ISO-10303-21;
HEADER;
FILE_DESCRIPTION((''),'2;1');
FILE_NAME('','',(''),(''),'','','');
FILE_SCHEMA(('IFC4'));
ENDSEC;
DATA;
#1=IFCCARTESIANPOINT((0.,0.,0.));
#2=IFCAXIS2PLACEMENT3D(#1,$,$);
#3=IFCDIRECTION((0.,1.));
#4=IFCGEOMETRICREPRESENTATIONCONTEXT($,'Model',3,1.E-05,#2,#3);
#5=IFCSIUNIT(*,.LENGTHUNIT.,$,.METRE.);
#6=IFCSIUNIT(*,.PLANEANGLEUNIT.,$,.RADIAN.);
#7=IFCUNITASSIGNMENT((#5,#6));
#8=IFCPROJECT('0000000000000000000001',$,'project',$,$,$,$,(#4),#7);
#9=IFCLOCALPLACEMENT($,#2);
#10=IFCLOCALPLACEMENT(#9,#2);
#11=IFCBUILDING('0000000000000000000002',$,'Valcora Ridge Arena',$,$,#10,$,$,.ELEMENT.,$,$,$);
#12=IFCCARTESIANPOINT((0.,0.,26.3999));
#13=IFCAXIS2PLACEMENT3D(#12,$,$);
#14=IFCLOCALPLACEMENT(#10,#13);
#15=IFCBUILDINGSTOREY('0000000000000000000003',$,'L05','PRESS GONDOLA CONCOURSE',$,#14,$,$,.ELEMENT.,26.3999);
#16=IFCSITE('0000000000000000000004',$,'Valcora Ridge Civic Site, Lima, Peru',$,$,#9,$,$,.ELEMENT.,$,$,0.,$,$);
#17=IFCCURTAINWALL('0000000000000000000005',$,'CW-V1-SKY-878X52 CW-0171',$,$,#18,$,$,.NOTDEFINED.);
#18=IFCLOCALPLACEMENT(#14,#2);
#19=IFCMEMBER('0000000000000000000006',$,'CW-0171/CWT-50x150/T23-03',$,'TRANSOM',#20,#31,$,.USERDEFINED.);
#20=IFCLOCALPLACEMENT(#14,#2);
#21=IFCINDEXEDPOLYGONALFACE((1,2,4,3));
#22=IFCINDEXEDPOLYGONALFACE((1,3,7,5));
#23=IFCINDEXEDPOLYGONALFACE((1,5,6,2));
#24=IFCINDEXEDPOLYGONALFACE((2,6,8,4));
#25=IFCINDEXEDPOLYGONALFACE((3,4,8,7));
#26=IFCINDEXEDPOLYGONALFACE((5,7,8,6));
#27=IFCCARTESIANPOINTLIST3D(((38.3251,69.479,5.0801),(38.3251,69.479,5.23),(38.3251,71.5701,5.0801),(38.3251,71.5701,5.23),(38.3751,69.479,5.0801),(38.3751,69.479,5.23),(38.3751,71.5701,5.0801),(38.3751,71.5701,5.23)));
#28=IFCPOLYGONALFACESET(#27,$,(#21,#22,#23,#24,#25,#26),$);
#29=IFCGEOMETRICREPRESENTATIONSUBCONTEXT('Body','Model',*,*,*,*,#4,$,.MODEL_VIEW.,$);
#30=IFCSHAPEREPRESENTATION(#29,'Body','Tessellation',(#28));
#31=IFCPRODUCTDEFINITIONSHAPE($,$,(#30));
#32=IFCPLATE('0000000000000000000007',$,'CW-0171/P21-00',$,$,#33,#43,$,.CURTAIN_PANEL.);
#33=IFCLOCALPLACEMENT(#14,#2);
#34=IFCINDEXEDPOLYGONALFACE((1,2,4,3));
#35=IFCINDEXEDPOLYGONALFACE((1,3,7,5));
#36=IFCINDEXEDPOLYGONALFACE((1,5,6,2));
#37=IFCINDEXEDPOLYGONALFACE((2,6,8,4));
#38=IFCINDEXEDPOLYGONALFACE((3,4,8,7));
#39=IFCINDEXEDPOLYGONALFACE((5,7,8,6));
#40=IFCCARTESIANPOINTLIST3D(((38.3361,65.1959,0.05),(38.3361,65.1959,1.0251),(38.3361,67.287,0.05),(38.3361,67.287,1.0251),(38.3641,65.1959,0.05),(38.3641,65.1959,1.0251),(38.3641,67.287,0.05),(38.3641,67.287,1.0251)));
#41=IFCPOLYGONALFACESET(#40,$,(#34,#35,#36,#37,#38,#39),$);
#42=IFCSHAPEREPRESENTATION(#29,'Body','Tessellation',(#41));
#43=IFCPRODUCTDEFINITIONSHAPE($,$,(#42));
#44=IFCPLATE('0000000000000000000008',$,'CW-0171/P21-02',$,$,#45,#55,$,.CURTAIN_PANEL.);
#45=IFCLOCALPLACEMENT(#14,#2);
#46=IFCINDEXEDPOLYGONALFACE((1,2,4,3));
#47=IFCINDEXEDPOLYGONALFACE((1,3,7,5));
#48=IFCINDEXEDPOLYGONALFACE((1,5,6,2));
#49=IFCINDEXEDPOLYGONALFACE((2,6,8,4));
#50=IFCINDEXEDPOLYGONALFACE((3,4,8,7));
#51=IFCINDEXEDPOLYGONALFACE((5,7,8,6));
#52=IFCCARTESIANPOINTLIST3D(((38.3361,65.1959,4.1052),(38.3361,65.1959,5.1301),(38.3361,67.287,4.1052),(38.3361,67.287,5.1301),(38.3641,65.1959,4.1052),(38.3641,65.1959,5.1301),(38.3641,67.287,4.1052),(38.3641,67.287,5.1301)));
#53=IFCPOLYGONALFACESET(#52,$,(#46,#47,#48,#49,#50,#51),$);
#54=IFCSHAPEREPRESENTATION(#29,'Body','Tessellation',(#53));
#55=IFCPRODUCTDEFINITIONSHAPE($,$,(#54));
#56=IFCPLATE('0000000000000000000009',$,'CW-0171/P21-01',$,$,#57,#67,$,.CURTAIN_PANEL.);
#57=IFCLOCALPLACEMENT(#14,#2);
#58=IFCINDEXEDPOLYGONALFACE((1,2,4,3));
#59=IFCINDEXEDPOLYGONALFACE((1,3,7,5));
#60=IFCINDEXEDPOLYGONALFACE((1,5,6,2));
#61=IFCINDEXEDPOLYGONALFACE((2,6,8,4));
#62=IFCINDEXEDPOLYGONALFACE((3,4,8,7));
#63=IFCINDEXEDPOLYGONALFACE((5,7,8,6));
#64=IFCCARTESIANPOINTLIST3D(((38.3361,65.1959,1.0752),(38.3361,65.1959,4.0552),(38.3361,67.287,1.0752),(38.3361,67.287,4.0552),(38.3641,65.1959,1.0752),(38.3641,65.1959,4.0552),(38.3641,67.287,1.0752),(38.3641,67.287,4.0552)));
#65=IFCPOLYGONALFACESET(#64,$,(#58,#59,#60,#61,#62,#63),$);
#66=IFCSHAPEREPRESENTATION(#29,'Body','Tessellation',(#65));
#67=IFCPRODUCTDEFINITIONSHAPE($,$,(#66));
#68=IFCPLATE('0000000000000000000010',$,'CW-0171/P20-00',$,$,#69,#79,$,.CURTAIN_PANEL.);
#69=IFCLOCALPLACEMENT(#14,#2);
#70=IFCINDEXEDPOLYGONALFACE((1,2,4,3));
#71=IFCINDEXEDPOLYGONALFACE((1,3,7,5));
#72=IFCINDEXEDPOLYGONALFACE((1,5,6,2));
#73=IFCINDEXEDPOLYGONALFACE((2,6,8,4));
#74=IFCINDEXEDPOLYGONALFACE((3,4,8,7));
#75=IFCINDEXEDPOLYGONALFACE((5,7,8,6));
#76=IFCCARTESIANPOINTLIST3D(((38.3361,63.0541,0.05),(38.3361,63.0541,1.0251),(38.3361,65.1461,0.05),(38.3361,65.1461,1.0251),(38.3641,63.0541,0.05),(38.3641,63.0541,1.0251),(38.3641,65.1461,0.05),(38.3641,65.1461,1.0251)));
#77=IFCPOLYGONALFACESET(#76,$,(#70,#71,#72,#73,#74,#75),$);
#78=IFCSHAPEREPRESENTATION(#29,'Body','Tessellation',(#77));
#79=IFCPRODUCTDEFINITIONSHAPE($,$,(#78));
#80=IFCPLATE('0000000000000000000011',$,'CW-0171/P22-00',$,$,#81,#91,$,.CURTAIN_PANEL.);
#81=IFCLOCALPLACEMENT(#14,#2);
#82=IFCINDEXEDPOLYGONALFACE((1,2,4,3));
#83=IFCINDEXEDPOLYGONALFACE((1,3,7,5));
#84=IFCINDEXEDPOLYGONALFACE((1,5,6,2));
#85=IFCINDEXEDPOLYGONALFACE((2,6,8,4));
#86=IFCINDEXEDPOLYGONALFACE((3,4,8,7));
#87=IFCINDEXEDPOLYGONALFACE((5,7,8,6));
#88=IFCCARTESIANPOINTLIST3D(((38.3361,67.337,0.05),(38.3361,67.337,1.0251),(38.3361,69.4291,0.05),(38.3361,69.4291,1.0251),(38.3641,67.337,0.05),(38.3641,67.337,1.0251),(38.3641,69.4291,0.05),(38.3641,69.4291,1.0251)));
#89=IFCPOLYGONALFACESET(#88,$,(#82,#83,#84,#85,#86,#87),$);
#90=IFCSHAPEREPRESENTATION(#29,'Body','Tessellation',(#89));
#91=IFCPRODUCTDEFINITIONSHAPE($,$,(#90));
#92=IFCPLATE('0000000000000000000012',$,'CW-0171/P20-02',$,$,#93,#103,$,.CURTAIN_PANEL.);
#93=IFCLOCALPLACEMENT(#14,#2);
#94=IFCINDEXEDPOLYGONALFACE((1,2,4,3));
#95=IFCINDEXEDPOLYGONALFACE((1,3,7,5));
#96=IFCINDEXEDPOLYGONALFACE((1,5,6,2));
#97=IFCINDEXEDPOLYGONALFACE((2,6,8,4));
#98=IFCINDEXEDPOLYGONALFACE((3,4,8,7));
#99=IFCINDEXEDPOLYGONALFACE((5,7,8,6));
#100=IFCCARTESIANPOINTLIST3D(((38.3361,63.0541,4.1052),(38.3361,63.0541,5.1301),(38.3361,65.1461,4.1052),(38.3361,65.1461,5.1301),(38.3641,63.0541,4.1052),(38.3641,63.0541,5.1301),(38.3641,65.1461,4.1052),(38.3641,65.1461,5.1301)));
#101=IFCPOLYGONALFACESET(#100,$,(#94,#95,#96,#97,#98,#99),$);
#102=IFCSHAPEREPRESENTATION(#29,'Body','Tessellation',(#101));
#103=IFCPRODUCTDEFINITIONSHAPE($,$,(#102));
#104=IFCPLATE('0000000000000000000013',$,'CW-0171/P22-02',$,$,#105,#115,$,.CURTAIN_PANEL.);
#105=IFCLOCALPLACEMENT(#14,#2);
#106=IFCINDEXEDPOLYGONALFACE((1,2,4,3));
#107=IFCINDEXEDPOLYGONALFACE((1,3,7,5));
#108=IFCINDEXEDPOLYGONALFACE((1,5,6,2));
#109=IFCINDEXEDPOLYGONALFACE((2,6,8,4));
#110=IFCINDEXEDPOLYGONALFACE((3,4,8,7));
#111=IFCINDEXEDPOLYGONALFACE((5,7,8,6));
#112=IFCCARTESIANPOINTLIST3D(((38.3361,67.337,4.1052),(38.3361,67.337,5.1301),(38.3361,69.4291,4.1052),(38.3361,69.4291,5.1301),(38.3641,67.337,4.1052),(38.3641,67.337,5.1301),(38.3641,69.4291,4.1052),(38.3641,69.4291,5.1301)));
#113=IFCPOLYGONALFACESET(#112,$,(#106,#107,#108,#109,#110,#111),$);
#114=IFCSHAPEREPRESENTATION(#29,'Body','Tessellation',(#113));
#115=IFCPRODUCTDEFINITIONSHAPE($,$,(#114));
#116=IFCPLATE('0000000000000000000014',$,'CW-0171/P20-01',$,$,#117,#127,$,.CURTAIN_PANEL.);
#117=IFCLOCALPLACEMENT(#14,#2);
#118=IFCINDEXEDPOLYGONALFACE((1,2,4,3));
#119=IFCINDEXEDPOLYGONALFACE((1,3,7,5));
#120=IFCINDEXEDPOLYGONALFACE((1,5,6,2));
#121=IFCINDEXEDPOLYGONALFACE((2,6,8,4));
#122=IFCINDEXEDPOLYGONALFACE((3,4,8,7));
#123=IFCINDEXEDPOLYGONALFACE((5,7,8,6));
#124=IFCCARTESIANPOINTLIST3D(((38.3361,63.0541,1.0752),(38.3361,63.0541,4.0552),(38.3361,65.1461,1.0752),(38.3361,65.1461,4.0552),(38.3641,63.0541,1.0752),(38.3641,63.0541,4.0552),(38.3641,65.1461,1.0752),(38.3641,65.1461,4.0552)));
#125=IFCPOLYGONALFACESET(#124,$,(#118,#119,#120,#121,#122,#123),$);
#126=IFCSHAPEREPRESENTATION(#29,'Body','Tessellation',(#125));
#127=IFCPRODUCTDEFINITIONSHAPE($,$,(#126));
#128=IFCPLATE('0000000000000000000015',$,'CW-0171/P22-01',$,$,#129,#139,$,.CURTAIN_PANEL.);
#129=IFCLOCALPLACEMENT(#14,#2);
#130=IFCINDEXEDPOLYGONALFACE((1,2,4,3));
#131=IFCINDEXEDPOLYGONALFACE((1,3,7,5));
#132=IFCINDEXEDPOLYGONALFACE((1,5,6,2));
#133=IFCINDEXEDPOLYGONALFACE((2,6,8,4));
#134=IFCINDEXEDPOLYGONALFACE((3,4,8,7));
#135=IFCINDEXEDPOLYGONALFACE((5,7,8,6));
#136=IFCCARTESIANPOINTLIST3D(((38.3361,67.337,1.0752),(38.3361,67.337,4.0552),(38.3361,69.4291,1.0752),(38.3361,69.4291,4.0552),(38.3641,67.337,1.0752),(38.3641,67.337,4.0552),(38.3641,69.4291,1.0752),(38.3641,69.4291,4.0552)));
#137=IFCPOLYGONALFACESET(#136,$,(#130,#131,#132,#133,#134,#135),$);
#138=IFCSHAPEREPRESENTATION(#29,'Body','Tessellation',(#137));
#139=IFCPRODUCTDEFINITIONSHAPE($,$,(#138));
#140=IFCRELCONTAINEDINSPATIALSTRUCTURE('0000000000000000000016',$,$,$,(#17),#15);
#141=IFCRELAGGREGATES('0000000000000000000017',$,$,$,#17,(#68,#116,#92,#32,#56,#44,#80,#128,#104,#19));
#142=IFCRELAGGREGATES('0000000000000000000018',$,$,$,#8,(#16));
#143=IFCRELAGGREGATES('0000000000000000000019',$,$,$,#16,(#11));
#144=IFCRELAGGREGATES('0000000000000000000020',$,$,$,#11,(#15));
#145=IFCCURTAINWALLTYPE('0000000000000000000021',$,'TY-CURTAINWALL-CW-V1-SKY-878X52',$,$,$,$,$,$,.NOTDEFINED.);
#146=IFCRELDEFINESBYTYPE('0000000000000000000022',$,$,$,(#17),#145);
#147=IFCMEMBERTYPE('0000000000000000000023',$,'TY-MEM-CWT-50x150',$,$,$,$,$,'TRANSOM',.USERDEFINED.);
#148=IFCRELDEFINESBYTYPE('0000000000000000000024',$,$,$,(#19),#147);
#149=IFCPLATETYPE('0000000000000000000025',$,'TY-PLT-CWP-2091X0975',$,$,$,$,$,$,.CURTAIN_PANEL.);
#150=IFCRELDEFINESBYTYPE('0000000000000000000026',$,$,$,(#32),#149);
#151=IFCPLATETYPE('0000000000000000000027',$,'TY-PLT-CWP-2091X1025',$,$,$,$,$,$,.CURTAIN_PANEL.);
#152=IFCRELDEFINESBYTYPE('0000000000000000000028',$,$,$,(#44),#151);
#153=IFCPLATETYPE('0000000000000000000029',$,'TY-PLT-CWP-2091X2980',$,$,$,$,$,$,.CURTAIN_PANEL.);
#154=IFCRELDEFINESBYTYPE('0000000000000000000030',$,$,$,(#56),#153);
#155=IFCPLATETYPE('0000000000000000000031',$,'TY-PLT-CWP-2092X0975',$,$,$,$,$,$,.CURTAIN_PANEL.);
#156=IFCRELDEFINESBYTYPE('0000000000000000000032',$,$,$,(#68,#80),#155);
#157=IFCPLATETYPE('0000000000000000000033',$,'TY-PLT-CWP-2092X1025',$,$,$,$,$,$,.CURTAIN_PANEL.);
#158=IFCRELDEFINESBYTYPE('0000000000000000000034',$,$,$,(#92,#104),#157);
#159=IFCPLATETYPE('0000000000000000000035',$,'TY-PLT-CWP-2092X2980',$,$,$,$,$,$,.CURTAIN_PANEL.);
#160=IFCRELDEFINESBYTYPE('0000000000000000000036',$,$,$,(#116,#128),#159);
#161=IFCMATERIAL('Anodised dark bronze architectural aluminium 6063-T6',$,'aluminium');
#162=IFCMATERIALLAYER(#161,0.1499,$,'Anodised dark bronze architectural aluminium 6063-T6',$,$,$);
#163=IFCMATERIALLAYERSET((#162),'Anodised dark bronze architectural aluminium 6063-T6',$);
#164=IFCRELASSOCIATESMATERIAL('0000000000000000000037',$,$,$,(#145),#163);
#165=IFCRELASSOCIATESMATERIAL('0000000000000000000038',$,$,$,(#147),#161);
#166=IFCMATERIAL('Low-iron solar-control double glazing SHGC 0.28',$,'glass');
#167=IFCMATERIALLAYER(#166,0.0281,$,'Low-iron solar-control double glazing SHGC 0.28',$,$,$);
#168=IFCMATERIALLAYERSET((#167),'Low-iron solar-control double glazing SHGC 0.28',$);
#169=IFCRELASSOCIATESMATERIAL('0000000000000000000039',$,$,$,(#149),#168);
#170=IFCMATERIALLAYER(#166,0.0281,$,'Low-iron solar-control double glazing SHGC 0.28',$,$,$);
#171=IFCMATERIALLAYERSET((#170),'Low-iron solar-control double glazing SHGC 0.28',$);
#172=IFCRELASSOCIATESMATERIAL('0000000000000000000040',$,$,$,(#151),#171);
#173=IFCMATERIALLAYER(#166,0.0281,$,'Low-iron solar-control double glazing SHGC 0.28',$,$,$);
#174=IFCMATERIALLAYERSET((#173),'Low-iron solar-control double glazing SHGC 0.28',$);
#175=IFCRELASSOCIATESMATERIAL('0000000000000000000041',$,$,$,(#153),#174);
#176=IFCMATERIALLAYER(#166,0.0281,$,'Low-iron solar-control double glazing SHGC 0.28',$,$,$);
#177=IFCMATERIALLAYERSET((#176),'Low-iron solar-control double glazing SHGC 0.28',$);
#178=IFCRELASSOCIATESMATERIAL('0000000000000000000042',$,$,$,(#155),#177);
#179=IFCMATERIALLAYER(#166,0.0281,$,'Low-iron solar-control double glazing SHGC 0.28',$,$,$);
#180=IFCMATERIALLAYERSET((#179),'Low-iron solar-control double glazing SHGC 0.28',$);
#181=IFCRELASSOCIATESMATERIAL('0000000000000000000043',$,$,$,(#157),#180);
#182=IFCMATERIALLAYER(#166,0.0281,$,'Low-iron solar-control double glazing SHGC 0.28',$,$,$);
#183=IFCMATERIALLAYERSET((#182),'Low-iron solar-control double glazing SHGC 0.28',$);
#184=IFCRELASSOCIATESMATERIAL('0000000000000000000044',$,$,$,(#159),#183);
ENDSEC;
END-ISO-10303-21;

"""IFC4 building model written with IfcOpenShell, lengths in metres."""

from ifc_helpers import new_model, si_unit, direction, frame, origin, origin_2d, place, context, subcontext, project, spatial, rectangle, extrude, material, layer, layer_set, material_profile, profile_set, type_object, element, aggregate, save


model = new_model("IFC4")

# Units and contexts
model_context = context("Model", 3, precision=1e-05, world=origin(), true_north=direction((0.0, 1.0)))
body_context = subcontext(model_context, "Body", "Model", "MODEL_VIEW")
ifc_project = project(units=[si_unit("LENGTHUNIT", "METRE"), si_unit("PLANEANGLEUNIT", "RADIAN")], contexts=[model_context])

# Site, building, storey
site_placement = place(None, origin())
site = spatial("IfcSite", under=ifc_project, at=site_placement, Name="Valcora Ridge Civic Site, Lima, Peru", CompositionType="ELEMENT", RefElevation=0.0)
building_placement = place(site_placement, origin())
building = spatial("IfcBuilding", under=site, at=building_placement, Name="Valcora Ridge Arena", CompositionType="ELEMENT")
storey_placement = place(building_placement, frame((0.0, 0.0, 26.3999)))
storey = spatial("IfcBuildingStorey", under=building, at=storey_placement, Name="L05", Description="PRESS GONDOLA CONCOURSE", CompositionType="ELEMENT", Elevation=26.3999)

# Curtain wall, member, plates
ifc_material_1 = material(Name="Anodised dark bronze architectural aluminium 6063-T6", Category="aluminium")
ifc_layer_1 = layer(ifc_material_1, 0.1499, Name="Anodised dark bronze architectural aluminium 6063-T6")
ifc_layer_set_1 = layer_set([ifc_layer_1], Name="Anodised dark bronze architectural aluminium 6063-T6")
curtain_wall_type = type_object("IfcCurtainWallType", Name="TY-CURTAINWALL-CW-V1-SKY-878X52", PredefinedType="NOTDEFINED", material=ifc_layer_set_1)
curtain_wall_placement = place(storey_placement, origin())
curtain_wall = element("IfcCurtainWall", 1, at=curtain_wall_placement, inside=storey, type_object=curtain_wall_type, Name="CW-V1-SKY-878X52 CW-0171", PredefinedType="NOTDEFINED")
ifc_material_profile_1 = material_profile(ifc_material_1, rectangle(XDim=0.05, YDim=0.1499, at=origin_2d()), Name="ALU TRANSOM 50x150")
ifc_profile_set_1 = profile_set([ifc_material_profile_1], Name="Anodised dark bronze architectural aluminium 6063-T6")
member_type_1 = type_object("IfcMemberType", Name="TY-MEM-CWT-50x150", ElementType="TRANSOM", PredefinedType="USERDEFINED", material=ifc_profile_set_1)
member_1_placement = place(storey_placement, frame((38.3501, 69.479, 5.155), z_axis=(0.0, 1.0, 0.0), x_axis=(-1.0, 0.0, 0.0)))
member_1 = element("IfcMember", 2, at=member_1_placement, type_object=member_type_1, Name="CW-0171/CWT-50x150/T23-03", ObjectType="TRANSOM", PredefinedType="USERDEFINED", context=body_context, shape_type="SweptSolid", body=[
    extrude(rectangle(XDim=0.05, YDim=0.1499, at=origin_2d()), origin(), (0.0, 0.0, 1.0), 2.0911),
])
ifc_material_2 = material(Name="Low-iron solar-control double glazing SHGC 0.28", Category="glass")
ifc_layer_2 = layer(ifc_material_2, 0.0281, Name="Low-iron solar-control double glazing SHGC 0.28")
ifc_layer_set_2 = layer_set([ifc_layer_2], Name="Low-iron solar-control double glazing SHGC 0.28")
plate_type_1 = type_object("IfcPlateType", Name="TY-PLT-CWP-2091X0975", PredefinedType="CURTAIN_PANEL", material=ifc_layer_set_2)
plate_1_placement = place(storey_placement, frame((38.3501, 66.2415, 0.05), z_axis=(0.0, 0.0, 1.0), x_axis=(0.0, 1.0, 0.0)))
plate_1 = element("IfcPlate", 3, at=plate_1_placement, type_object=plate_type_1, Name="CW-0171/P21-00", PredefinedType="CURTAIN_PANEL", context=body_context, shape_type="SweptSolid", body=[
    extrude(rectangle(XDim=2.0911, YDim=0.0281, at=origin_2d()), origin(), (0.0, 0.0, 1.0), 0.9751),
])
ifc_layer_3 = layer(ifc_material_2, 0.0281, Name="Low-iron solar-control double glazing SHGC 0.28")
ifc_layer_set_3 = layer_set([ifc_layer_3], Name="Low-iron solar-control double glazing SHGC 0.28")
plate_type_2 = type_object("IfcPlateType", Name="TY-PLT-CWP-2091X1025", PredefinedType="CURTAIN_PANEL", material=ifc_layer_set_3)
plate_2_placement = place(storey_placement, frame((38.3501, 66.2415, 4.1052), z_axis=(0.0, 0.0, 1.0), x_axis=(0.0, 1.0, 0.0)))
plate_2 = element("IfcPlate", 4, at=plate_2_placement, type_object=plate_type_2, Name="CW-0171/P21-02", PredefinedType="CURTAIN_PANEL", context=body_context, shape_type="SweptSolid", body=[
    extrude(rectangle(XDim=2.0911, YDim=0.0281, at=origin_2d()), origin(), (0.0, 0.0, 1.0), 1.0249),
])
ifc_layer_4 = layer(ifc_material_2, 0.0281, Name="Low-iron solar-control double glazing SHGC 0.28")
ifc_layer_set_4 = layer_set([ifc_layer_4], Name="Low-iron solar-control double glazing SHGC 0.28")
plate_type_3 = type_object("IfcPlateType", Name="TY-PLT-CWP-2091X2980", PredefinedType="CURTAIN_PANEL", material=ifc_layer_set_4)
plate_3_placement = place(storey_placement, frame((38.3501, 66.2415, 1.0752), z_axis=(0.0, 0.0, 1.0), x_axis=(0.0, 1.0, 0.0)))
plate_3 = element("IfcPlate", 5, at=plate_3_placement, type_object=plate_type_3, Name="CW-0171/P21-01", PredefinedType="CURTAIN_PANEL", context=body_context, shape_type="SweptSolid", body=[
    extrude(rectangle(XDim=2.0911, YDim=0.0281, at=origin_2d()), origin(), (0.0, 0.0, 1.0), 2.98),
])
ifc_layer_5 = layer(ifc_material_2, 0.0281, Name="Low-iron solar-control double glazing SHGC 0.28")
ifc_layer_set_5 = layer_set([ifc_layer_5], Name="Low-iron solar-control double glazing SHGC 0.28")
plate_type_4 = type_object("IfcPlateType", Name="TY-PLT-CWP-2092X0975", PredefinedType="CURTAIN_PANEL", material=ifc_layer_set_5)
plate_4_placement = place(storey_placement, frame((38.3501, 64.1001, 0.05), z_axis=(0.0, 0.0, 1.0), x_axis=(0.0, 1.0, 0.0)))
plate_4 = element("IfcPlate", 6, at=plate_4_placement, type_object=plate_type_4, Name="CW-0171/P20-00", PredefinedType="CURTAIN_PANEL", context=body_context, shape_type="SweptSolid", body=[
    extrude(rectangle(XDim=2.092, YDim=0.0281, at=origin_2d()), origin(), (0.0, 0.0, 1.0), 0.9751),
])
plate_5_placement = place(storey_placement, frame((38.3501, 68.3831, 0.05), z_axis=(0.0, 0.0, 1.0), x_axis=(0.0, 1.0, 0.0)))
plate_5 = element("IfcPlate", 7, at=plate_5_placement, type_object=plate_type_4, Name="CW-0171/P22-00", PredefinedType="CURTAIN_PANEL", context=body_context, shape_type="SweptSolid", body=[
    extrude(rectangle(XDim=2.092, YDim=0.0281, at=origin_2d()), origin(), (0.0, 0.0, 1.0), 0.9751),
])
ifc_layer_6 = layer(ifc_material_2, 0.0281, Name="Low-iron solar-control double glazing SHGC 0.28")
ifc_layer_set_6 = layer_set([ifc_layer_6], Name="Low-iron solar-control double glazing SHGC 0.28")
plate_type_5 = type_object("IfcPlateType", Name="TY-PLT-CWP-2092X1025", PredefinedType="CURTAIN_PANEL", material=ifc_layer_set_6)
plate_6_placement = place(storey_placement, frame((38.3501, 64.1001, 4.1052), z_axis=(0.0, 0.0, 1.0), x_axis=(0.0, 1.0, 0.0)))
plate_6 = element("IfcPlate", 8, at=plate_6_placement, type_object=plate_type_5, Name="CW-0171/P20-02", PredefinedType="CURTAIN_PANEL", context=body_context, shape_type="SweptSolid", body=[
    extrude(rectangle(XDim=2.092, YDim=0.0281, at=origin_2d()), origin(), (0.0, 0.0, 1.0), 1.0249),
])
plate_7_placement = place(storey_placement, frame((38.3501, 68.3831, 4.1052), z_axis=(0.0, 0.0, 1.0), x_axis=(0.0, 1.0, 0.0)))
plate_7 = element("IfcPlate", 9, at=plate_7_placement, type_object=plate_type_5, Name="CW-0171/P22-02", PredefinedType="CURTAIN_PANEL", context=body_context, shape_type="SweptSolid", body=[
    extrude(rectangle(XDim=2.092, YDim=0.0281, at=origin_2d()), origin(), (0.0, 0.0, 1.0), 1.0249),
])
ifc_layer_7 = layer(ifc_material_2, 0.0281, Name="Low-iron solar-control double glazing SHGC 0.28")
ifc_layer_set_7 = layer_set([ifc_layer_7], Name="Low-iron solar-control double glazing SHGC 0.28")
plate_type_6 = type_object("IfcPlateType", Name="TY-PLT-CWP-2092X2980", PredefinedType="CURTAIN_PANEL", material=ifc_layer_set_7)
plate_8_placement = place(storey_placement, frame((38.3501, 64.1001, 1.0752), z_axis=(0.0, 0.0, 1.0), x_axis=(0.0, 1.0, 0.0)))
plate_8 = element("IfcPlate", 10, at=plate_8_placement, type_object=plate_type_6, Name="CW-0171/P20-01", PredefinedType="CURTAIN_PANEL", context=body_context, shape_type="SweptSolid", body=[
    extrude(rectangle(XDim=2.092, YDim=0.0281, at=origin_2d()), origin(), (0.0, 0.0, 1.0), 2.98),
])
plate_9_placement = place(storey_placement, frame((38.3501, 68.3831, 1.0752), z_axis=(0.0, 0.0, 1.0), x_axis=(0.0, 1.0, 0.0)))
plate_9 = element("IfcPlate", 11, at=plate_9_placement, type_object=plate_type_6, Name="CW-0171/P22-01", PredefinedType="CURTAIN_PANEL", context=body_context, shape_type="SweptSolid", body=[
    extrude(rectangle(XDim=2.092, YDim=0.0281, at=origin_2d()), origin(), (0.0, 0.0, 1.0), 2.98),
])
aggregate(curtain_wall, [plate_4, plate_8, plate_6, plate_1, plate_3, plate_2, plate_5, plate_9, plate_7, member_1])

save(model, "model.ifc")
